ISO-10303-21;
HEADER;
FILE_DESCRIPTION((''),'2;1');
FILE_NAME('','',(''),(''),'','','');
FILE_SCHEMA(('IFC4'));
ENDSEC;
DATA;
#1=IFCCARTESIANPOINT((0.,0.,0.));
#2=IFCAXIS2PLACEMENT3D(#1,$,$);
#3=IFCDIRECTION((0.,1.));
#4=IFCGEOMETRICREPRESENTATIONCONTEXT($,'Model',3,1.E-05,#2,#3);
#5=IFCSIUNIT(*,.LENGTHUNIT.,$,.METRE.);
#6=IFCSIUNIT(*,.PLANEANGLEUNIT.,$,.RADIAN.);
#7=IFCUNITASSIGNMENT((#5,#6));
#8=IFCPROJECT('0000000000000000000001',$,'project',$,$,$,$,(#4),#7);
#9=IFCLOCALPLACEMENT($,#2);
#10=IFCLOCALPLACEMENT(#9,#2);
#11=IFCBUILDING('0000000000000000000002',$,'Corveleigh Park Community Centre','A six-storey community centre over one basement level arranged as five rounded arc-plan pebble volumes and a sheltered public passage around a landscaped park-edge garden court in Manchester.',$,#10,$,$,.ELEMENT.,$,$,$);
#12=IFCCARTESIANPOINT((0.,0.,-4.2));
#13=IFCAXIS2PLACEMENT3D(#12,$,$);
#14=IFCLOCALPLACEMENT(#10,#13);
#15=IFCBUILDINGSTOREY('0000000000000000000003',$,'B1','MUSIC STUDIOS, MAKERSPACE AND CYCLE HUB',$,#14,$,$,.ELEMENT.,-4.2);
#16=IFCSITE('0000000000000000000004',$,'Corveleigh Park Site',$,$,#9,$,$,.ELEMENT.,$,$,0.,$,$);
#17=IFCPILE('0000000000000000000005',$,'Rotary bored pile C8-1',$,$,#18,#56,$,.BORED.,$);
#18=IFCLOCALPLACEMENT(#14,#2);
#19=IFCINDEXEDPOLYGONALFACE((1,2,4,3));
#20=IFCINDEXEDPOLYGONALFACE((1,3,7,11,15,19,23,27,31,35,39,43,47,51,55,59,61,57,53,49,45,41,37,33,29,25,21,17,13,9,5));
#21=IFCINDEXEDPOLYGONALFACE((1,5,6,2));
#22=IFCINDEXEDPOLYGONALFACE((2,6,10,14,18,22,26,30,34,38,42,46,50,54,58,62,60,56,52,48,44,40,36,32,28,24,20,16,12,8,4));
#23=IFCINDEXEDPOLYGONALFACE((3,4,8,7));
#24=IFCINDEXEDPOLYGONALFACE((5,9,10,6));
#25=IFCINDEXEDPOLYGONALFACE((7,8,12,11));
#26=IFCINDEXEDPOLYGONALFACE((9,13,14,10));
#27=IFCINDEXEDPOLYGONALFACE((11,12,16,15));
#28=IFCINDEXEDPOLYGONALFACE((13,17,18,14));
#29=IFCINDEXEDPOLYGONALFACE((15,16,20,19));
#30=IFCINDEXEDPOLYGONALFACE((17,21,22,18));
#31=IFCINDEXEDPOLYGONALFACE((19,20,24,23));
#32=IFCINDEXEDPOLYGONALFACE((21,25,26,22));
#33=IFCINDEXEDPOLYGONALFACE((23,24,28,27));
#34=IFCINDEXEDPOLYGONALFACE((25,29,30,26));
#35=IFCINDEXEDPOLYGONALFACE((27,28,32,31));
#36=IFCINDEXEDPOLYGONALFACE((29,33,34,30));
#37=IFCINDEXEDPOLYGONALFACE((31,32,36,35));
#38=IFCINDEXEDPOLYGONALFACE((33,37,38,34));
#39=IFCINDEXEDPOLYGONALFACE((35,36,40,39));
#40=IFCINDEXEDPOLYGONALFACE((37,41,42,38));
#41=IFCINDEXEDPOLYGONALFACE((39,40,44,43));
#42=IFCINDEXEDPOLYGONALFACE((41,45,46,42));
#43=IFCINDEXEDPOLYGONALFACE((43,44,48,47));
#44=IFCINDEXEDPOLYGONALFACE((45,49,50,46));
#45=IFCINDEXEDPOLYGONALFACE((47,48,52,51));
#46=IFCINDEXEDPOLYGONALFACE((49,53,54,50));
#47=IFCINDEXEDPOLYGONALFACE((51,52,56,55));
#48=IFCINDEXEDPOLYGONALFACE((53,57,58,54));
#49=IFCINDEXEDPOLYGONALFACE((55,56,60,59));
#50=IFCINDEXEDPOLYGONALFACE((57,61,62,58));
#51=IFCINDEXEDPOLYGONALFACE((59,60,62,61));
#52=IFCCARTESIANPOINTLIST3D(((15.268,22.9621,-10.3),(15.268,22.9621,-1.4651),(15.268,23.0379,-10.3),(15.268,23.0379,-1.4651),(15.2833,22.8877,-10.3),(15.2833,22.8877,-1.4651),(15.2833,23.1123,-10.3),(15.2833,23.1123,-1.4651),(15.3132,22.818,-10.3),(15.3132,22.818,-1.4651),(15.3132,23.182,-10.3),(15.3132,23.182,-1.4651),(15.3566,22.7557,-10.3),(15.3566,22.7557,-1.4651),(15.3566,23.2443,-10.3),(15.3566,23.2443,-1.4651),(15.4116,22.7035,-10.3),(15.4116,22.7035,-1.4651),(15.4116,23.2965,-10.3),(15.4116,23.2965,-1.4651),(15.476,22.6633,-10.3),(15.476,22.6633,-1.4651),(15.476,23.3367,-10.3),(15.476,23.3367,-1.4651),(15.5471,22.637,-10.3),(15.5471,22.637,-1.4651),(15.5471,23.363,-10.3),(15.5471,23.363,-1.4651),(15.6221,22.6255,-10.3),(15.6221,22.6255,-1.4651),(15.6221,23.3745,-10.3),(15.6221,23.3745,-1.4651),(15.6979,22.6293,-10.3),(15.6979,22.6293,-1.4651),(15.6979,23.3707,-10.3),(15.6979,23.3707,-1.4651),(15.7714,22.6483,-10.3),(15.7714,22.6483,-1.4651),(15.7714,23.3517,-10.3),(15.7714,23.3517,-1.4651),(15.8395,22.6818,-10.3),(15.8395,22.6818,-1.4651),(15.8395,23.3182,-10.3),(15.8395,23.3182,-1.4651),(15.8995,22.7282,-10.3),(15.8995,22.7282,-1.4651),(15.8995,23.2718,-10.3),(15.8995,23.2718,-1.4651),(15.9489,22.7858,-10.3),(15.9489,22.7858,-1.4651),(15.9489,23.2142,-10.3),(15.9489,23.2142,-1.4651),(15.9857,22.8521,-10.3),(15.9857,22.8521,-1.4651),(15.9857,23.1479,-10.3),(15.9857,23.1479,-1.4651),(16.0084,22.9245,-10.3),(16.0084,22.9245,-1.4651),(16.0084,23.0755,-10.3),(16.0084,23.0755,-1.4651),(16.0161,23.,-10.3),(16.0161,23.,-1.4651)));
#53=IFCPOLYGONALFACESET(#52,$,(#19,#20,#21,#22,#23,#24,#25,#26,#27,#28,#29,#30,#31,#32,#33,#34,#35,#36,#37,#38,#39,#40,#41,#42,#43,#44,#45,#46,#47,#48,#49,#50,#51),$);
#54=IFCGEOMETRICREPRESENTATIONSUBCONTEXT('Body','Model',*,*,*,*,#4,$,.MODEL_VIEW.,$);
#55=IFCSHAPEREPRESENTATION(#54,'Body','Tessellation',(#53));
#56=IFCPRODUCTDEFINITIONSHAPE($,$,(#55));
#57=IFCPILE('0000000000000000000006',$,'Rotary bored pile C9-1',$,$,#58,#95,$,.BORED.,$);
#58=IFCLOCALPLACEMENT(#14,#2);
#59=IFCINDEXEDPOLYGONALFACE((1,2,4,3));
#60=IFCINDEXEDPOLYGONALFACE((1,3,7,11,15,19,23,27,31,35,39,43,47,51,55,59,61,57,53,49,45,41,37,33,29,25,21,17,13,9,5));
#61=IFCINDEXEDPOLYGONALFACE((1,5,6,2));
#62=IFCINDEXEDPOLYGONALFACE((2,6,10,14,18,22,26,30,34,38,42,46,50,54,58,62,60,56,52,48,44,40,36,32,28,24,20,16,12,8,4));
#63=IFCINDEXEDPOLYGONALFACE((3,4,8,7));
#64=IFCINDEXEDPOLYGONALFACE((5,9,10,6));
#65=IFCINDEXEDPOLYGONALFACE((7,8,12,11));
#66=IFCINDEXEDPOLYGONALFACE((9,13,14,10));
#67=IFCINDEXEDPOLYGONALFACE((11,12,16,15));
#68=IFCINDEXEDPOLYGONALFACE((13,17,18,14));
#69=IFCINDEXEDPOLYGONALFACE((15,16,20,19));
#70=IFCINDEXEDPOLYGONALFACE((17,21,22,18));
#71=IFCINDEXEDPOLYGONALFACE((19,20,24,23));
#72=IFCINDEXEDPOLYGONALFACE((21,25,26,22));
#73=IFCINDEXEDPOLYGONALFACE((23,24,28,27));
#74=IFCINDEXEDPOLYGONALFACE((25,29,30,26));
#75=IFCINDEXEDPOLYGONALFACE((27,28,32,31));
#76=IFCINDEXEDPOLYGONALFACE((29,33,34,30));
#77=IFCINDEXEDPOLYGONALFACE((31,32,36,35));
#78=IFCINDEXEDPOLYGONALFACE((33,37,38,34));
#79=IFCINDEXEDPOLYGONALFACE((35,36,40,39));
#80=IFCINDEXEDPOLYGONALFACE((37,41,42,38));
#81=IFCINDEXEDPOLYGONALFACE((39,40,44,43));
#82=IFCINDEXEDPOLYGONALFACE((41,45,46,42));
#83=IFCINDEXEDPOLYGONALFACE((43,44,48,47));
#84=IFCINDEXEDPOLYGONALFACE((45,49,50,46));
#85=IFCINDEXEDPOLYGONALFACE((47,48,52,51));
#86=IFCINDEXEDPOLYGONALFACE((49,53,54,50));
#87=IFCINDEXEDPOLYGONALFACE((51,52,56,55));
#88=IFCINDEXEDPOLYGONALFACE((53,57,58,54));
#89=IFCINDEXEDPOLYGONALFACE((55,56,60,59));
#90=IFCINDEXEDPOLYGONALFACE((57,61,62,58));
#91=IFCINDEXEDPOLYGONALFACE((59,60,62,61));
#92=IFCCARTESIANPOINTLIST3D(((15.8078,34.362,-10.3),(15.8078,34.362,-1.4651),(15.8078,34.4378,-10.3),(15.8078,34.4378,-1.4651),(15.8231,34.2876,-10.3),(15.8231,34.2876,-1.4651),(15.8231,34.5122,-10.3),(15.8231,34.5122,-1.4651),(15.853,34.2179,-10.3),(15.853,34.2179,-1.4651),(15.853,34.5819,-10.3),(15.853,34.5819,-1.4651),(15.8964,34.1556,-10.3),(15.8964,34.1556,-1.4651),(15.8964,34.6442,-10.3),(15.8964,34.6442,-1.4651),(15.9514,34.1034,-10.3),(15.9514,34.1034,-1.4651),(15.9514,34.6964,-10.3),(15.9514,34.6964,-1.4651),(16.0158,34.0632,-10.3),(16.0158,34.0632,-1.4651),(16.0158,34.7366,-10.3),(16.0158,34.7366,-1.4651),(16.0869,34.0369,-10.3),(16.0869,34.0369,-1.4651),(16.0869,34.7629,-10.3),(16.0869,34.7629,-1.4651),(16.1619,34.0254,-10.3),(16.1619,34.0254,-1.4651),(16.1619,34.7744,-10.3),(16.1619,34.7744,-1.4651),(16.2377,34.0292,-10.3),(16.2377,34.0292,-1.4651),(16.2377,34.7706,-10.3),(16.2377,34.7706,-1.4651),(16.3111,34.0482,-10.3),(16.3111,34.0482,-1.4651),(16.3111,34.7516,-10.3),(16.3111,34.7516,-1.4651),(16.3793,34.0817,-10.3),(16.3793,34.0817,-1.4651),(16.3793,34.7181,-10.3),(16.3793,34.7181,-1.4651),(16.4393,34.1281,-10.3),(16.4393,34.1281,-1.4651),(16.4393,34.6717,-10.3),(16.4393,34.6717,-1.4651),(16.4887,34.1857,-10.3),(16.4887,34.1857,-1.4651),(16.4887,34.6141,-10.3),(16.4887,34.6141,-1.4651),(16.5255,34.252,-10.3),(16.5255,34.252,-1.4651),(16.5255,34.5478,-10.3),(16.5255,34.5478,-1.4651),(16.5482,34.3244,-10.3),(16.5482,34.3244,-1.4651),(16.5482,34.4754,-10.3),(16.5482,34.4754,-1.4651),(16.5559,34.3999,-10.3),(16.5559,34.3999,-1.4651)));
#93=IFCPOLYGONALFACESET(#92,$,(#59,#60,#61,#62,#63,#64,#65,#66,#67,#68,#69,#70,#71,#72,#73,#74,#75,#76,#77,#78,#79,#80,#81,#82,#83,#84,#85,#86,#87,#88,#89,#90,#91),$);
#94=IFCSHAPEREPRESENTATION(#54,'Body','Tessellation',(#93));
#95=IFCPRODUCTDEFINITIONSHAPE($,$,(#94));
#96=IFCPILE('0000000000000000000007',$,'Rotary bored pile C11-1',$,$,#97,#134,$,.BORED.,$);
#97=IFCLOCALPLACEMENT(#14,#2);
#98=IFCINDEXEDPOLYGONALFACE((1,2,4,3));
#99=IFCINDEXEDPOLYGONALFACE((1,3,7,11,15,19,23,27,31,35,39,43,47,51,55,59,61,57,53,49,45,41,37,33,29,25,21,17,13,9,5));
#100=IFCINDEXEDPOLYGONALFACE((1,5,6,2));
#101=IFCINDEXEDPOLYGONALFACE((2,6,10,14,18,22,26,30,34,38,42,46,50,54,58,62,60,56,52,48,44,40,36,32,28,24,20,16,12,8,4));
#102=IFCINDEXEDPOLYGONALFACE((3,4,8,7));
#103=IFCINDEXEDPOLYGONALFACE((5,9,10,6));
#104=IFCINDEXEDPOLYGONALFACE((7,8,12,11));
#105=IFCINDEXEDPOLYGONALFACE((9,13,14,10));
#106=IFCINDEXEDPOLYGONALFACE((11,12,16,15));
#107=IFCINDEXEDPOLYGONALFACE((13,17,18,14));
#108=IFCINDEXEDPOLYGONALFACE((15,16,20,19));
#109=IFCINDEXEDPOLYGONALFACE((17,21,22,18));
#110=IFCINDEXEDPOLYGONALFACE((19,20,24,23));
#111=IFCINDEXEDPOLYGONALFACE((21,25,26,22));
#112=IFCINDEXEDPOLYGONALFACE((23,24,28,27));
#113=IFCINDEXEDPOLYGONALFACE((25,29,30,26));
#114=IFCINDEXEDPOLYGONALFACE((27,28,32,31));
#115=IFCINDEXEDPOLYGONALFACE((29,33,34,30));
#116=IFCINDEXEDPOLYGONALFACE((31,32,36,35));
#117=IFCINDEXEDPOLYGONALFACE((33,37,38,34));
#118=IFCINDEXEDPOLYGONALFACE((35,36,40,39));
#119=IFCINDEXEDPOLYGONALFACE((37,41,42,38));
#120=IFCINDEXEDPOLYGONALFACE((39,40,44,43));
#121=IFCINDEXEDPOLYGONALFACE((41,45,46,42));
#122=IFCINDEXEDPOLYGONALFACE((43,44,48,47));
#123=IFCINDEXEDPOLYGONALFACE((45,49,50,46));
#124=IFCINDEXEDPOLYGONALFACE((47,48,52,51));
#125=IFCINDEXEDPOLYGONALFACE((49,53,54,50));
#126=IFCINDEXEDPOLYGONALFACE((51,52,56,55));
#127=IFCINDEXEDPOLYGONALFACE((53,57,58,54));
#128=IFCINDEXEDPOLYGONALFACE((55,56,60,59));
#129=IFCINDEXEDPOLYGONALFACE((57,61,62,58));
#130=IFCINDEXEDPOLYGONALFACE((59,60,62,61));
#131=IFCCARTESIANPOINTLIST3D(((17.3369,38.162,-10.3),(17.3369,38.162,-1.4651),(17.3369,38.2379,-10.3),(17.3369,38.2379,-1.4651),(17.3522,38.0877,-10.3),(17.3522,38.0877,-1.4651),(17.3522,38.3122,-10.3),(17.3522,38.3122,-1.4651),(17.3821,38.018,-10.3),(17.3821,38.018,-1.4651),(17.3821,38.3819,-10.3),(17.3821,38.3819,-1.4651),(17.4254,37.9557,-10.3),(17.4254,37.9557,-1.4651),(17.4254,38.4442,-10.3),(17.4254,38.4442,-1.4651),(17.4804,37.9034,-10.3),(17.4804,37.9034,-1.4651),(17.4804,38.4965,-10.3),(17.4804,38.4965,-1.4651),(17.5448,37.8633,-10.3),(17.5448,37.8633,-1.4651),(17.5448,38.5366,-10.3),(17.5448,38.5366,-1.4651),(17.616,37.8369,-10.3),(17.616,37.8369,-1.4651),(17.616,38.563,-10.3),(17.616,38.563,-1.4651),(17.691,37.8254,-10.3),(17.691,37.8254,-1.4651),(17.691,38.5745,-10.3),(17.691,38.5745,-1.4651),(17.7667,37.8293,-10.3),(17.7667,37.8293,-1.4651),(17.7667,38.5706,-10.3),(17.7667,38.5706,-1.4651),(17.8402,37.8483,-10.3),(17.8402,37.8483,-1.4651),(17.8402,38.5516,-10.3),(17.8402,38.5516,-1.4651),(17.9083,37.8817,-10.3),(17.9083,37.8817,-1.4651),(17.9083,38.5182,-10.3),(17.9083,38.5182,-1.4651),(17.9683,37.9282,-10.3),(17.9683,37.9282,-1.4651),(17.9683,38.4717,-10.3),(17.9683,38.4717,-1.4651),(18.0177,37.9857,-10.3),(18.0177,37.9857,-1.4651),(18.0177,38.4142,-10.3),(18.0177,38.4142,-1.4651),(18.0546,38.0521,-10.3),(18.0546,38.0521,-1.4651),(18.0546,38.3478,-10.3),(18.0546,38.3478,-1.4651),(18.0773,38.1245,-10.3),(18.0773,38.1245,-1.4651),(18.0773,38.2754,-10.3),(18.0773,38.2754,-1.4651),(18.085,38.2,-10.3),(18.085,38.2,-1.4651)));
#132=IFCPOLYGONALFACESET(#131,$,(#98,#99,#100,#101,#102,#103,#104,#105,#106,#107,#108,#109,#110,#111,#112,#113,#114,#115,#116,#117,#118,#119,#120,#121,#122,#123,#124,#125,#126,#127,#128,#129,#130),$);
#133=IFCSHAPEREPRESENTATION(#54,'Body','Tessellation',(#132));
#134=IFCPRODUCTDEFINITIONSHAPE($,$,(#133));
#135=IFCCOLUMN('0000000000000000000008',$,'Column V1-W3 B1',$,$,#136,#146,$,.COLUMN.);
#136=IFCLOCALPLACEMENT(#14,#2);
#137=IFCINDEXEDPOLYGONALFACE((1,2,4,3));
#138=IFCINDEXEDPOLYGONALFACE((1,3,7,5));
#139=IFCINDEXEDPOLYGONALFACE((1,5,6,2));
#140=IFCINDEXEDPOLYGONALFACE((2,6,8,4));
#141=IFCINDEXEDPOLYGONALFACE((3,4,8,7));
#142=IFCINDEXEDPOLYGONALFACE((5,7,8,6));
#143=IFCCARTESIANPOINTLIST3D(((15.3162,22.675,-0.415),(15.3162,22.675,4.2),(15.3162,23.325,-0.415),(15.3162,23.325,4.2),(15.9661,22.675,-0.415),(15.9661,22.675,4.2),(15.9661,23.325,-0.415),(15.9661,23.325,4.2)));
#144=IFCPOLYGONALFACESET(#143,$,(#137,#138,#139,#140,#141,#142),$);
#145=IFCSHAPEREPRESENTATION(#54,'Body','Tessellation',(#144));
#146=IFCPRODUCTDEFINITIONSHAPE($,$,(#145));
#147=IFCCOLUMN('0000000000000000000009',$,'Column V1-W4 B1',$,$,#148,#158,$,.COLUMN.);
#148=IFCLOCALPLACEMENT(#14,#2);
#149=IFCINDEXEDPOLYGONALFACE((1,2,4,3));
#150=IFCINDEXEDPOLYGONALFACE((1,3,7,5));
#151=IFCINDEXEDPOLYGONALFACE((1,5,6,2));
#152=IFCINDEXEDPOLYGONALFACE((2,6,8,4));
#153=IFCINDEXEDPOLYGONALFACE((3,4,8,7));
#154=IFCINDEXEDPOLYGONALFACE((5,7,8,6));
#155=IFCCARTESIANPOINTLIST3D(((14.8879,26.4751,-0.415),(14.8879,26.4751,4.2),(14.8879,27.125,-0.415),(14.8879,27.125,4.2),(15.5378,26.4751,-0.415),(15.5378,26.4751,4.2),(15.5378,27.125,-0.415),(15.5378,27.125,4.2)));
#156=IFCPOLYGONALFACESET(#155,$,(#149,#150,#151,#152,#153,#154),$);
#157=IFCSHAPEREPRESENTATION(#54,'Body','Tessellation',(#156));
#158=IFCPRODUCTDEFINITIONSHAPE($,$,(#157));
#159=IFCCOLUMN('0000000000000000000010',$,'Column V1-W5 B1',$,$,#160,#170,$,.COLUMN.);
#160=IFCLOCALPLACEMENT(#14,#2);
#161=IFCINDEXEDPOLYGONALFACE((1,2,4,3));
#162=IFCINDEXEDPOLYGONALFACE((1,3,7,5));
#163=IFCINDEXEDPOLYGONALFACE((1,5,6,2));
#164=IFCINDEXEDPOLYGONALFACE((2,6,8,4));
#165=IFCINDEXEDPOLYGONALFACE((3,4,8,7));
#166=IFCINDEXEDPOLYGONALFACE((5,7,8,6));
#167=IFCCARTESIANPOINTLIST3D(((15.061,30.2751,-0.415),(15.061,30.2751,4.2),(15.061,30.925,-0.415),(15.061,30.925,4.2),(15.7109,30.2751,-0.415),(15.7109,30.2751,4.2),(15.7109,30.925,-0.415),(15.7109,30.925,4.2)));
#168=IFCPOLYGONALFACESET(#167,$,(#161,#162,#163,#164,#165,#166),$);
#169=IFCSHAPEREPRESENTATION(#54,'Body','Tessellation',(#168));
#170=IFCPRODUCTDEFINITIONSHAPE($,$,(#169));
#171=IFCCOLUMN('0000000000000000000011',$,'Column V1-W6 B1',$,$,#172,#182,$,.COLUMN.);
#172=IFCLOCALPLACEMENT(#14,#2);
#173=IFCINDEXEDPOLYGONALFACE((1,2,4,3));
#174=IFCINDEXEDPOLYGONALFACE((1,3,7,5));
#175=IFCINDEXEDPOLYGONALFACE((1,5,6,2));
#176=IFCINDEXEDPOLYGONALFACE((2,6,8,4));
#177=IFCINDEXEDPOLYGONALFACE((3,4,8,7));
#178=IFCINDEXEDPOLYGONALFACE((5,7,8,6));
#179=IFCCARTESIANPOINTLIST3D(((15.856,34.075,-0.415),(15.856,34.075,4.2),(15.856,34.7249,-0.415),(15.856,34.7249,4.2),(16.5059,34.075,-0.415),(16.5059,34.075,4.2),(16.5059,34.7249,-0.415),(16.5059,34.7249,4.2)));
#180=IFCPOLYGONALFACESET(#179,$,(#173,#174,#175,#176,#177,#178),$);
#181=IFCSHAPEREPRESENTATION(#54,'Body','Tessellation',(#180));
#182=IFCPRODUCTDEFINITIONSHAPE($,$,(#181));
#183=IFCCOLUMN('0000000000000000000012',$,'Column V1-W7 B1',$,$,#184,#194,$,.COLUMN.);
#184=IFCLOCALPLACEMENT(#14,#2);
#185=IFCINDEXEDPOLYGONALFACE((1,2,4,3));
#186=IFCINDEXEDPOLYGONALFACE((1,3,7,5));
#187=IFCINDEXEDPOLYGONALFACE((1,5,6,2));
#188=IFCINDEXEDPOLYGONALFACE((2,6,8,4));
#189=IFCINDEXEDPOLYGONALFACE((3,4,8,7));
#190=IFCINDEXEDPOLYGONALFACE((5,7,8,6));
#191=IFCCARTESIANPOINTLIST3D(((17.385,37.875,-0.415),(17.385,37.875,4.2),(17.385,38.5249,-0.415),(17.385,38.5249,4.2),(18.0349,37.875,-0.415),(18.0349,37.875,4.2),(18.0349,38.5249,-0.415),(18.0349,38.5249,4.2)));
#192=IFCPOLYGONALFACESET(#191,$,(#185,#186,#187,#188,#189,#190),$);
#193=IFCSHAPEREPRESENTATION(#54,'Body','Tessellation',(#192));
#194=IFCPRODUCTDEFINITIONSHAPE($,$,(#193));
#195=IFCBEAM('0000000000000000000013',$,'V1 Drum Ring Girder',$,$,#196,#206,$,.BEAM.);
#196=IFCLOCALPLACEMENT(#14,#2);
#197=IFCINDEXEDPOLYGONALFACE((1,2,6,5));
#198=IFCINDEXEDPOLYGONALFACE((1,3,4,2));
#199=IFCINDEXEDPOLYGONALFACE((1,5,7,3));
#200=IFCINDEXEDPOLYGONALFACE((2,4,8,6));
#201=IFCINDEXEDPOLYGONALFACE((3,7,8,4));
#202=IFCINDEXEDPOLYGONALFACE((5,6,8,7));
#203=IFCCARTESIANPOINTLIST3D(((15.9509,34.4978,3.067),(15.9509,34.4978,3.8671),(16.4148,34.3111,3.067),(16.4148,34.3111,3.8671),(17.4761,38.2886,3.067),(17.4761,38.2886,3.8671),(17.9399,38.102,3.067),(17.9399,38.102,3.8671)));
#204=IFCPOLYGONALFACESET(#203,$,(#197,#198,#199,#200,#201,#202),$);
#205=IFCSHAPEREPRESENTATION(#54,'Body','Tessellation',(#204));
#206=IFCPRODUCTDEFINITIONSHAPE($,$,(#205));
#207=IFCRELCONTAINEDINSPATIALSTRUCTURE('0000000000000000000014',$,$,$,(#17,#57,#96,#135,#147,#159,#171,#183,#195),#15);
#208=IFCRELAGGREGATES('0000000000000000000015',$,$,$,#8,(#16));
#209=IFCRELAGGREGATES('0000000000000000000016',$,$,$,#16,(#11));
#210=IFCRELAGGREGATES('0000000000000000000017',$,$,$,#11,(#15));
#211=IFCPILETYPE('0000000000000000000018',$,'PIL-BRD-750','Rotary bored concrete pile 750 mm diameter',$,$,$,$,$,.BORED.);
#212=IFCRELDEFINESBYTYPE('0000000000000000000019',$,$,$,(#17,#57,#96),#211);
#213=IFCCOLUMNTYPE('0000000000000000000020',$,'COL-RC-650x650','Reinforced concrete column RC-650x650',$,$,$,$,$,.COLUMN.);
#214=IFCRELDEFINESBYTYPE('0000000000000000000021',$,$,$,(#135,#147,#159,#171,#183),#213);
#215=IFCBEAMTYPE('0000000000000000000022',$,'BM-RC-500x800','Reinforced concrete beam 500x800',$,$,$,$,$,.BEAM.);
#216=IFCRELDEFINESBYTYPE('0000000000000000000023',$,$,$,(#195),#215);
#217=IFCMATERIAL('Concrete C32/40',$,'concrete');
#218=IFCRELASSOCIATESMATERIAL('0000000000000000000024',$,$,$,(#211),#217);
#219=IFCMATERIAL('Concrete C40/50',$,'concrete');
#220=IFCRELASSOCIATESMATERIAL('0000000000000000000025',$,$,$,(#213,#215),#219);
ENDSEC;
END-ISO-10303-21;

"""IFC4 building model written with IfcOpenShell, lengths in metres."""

from ifc_helpers import new_model, si_unit, direction, frame, origin, origin_2d, place, context, subcontext, project, spatial, rectangle, circle, extrude, material, material_profile, profile_set, type_object, element, save


model = new_model("IFC4")

# Units and contexts
model_context = context("Model", 3, precision=1e-05, world=origin(), true_north=direction((0.0, 1.0)))
body_context = subcontext(model_context, "Body", "Model", "MODEL_VIEW")
ifc_project = project(units=[si_unit("LENGTHUNIT", "METRE"), si_unit("PLANEANGLEUNIT", "RADIAN")], contexts=[model_context])

# Site, building, storey
site_placement = place(None, origin())
site = spatial("IfcSite", under=ifc_project, at=site_placement, Name="Corveleigh Park Site", CompositionType="ELEMENT", RefElevation=0.0)
building_placement = place(site_placement, origin())
building = spatial("IfcBuilding", under=site, at=building_placement, Name="Corveleigh Park Community Centre", Description="A six-storey community centre over one basement level arranged as five rounded arc-plan pebble volumes and a sheltered public passage around a landscaped park-edge garden court in Manchester.", CompositionType="ELEMENT")
storey_placement = place(building_placement, frame((0.0, 0.0, -4.2)))
storey = spatial("IfcBuildingStorey", under=building, at=storey_placement, Name="B1", Description="MUSIC STUDIOS, MAKERSPACE AND CYCLE HUB", CompositionType="ELEMENT", Elevation=-4.2)

# Shared definitions
ifc_material_1 = material(Name="Concrete C40/50", Category="concrete")

# Piles
ifc_material_2 = material(Name="Concrete C32/40", Category="concrete")
ifc_material_profile_1 = material_profile(ifc_material_2, circle(Radius=0.375, at=origin_2d()), Name="BORED-PILE-750", Category="concrete")
ifc_profile_set_1 = profile_set([ifc_material_profile_1], Name="Concrete C32/40")
pile_type = type_object("IfcPileType", Name="PIL-BRD-750", Description="Rotary bored concrete pile 750 mm diameter", PredefinedType="BORED", material=ifc_profile_set_1)
for number, where, z_axis, x_axis, name in (
    (1, (15.6411, 23.0, -1.4651), (0.0, 0.0, -1.0), (1.0, 0.0, 0.0), "Rotary bored pile C8-1"),
    (2, (16.1809, 34.3999, -1.4651), (0.0, 0.0, -1.0), (1.0, 0.0, 0.0), "Rotary bored pile C9-1"),
    (3, (17.71, 38.2, -1.4651), (0.0, 0.0, -1.0), (1.0, 0.0, 0.0), "Rotary bored pile C11-1"),
):
    element("IfcPile", number, at=place(storey_placement, frame(where, z_axis=z_axis, x_axis=x_axis)), inside=storey, type_object=pile_type, Name=name, PredefinedType="BORED", context=body_context, shape_type="SweptSolid", body=[
        extrude(circle(Radius=0.375, at=origin_2d()), origin(), (0.0, 0.0, 1.0), 8.835),
    ])

# Columns
ifc_material_profile_2 = material_profile(ifc_material_1, rectangle(XDim=0.6499, YDim=0.6499, at=origin_2d()), Name="RC-650x650", Category="concrete")
ifc_profile_set_2 = profile_set([ifc_material_profile_2], Name="Concrete C40/50")
column_type = type_object("IfcColumnType", Name="COL-RC-650x650", Description="Reinforced concrete column RC-650x650", PredefinedType="COLUMN", material=ifc_profile_set_2)
for number, where, z_axis, x_axis, name in (
    (4, (15.6411, 23.0, -0.415), (0.0, 0.0, 1.0), (1.0, 0.0, 0.0), "Column V1-W3 B1"),
    (5, (15.2129, 26.8, -0.415), (0.0, 0.0, 1.0), (1.0, 0.0, 0.0), "Column V1-W4 B1"),
    (6, (15.386, 30.6001, -0.415), (0.0, 0.0, 1.0), (1.0, 0.0, 0.0), "Column V1-W5 B1"),
    (7, (16.1809, 34.3999, -0.415), (0.0, 0.0, 1.0), (1.0, 0.0, 0.0), "Column V1-W6 B1"),
    (8, (17.71, 38.2, -0.415), (0.0, 0.0, 1.0), (1.0, 0.0, 0.0), "Column V1-W7 B1"),
):
    element("IfcColumn", number, at=place(storey_placement, frame(where, z_axis=z_axis, x_axis=x_axis)), inside=storey, type_object=column_type, Name=name, PredefinedType="COLUMN", context=body_context, shape_type="SweptSolid", body=[
        extrude(rectangle(XDim=0.6499, YDim=0.6499, at=origin_2d()), origin(), (0.0, 0.0, 1.0), 4.615),
    ])

# Beam
ifc_material_profile_3 = material_profile(ifc_material_1, rectangle(XDim=0.5, YDim=0.8, at=origin_2d()), Name="RC-500x800", Category="concrete")
ifc_profile_set_3 = profile_set([ifc_material_profile_3], Name="Concrete C40/50")
beam_type_1 = type_object("IfcBeamType", Name="BM-RC-500x800", Description="Reinforced concrete beam 500x800", PredefinedType="BEAM", material=ifc_profile_set_3)
beam_1_placement = place(storey_placement, frame((17.708, 38.1953, 3.467), z_axis=(-0.373255, -0.927729, 0.0), x_axis=(0.927729, -0.373255, 0.0)))
element("IfcBeam", 9, at=beam_1_placement, inside=storey, type_object=beam_type_1, Name="V1 Drum Ring Girder", PredefinedType="BEAM", context=body_context, shape_type="SweptSolid", body=[
    extrude(rectangle(XDim=0.5, YDim=0.8, at=origin_2d()), origin(), (0.0, 0.0, 1.0), 4.0862),
])

save(model, "model.ifc")
